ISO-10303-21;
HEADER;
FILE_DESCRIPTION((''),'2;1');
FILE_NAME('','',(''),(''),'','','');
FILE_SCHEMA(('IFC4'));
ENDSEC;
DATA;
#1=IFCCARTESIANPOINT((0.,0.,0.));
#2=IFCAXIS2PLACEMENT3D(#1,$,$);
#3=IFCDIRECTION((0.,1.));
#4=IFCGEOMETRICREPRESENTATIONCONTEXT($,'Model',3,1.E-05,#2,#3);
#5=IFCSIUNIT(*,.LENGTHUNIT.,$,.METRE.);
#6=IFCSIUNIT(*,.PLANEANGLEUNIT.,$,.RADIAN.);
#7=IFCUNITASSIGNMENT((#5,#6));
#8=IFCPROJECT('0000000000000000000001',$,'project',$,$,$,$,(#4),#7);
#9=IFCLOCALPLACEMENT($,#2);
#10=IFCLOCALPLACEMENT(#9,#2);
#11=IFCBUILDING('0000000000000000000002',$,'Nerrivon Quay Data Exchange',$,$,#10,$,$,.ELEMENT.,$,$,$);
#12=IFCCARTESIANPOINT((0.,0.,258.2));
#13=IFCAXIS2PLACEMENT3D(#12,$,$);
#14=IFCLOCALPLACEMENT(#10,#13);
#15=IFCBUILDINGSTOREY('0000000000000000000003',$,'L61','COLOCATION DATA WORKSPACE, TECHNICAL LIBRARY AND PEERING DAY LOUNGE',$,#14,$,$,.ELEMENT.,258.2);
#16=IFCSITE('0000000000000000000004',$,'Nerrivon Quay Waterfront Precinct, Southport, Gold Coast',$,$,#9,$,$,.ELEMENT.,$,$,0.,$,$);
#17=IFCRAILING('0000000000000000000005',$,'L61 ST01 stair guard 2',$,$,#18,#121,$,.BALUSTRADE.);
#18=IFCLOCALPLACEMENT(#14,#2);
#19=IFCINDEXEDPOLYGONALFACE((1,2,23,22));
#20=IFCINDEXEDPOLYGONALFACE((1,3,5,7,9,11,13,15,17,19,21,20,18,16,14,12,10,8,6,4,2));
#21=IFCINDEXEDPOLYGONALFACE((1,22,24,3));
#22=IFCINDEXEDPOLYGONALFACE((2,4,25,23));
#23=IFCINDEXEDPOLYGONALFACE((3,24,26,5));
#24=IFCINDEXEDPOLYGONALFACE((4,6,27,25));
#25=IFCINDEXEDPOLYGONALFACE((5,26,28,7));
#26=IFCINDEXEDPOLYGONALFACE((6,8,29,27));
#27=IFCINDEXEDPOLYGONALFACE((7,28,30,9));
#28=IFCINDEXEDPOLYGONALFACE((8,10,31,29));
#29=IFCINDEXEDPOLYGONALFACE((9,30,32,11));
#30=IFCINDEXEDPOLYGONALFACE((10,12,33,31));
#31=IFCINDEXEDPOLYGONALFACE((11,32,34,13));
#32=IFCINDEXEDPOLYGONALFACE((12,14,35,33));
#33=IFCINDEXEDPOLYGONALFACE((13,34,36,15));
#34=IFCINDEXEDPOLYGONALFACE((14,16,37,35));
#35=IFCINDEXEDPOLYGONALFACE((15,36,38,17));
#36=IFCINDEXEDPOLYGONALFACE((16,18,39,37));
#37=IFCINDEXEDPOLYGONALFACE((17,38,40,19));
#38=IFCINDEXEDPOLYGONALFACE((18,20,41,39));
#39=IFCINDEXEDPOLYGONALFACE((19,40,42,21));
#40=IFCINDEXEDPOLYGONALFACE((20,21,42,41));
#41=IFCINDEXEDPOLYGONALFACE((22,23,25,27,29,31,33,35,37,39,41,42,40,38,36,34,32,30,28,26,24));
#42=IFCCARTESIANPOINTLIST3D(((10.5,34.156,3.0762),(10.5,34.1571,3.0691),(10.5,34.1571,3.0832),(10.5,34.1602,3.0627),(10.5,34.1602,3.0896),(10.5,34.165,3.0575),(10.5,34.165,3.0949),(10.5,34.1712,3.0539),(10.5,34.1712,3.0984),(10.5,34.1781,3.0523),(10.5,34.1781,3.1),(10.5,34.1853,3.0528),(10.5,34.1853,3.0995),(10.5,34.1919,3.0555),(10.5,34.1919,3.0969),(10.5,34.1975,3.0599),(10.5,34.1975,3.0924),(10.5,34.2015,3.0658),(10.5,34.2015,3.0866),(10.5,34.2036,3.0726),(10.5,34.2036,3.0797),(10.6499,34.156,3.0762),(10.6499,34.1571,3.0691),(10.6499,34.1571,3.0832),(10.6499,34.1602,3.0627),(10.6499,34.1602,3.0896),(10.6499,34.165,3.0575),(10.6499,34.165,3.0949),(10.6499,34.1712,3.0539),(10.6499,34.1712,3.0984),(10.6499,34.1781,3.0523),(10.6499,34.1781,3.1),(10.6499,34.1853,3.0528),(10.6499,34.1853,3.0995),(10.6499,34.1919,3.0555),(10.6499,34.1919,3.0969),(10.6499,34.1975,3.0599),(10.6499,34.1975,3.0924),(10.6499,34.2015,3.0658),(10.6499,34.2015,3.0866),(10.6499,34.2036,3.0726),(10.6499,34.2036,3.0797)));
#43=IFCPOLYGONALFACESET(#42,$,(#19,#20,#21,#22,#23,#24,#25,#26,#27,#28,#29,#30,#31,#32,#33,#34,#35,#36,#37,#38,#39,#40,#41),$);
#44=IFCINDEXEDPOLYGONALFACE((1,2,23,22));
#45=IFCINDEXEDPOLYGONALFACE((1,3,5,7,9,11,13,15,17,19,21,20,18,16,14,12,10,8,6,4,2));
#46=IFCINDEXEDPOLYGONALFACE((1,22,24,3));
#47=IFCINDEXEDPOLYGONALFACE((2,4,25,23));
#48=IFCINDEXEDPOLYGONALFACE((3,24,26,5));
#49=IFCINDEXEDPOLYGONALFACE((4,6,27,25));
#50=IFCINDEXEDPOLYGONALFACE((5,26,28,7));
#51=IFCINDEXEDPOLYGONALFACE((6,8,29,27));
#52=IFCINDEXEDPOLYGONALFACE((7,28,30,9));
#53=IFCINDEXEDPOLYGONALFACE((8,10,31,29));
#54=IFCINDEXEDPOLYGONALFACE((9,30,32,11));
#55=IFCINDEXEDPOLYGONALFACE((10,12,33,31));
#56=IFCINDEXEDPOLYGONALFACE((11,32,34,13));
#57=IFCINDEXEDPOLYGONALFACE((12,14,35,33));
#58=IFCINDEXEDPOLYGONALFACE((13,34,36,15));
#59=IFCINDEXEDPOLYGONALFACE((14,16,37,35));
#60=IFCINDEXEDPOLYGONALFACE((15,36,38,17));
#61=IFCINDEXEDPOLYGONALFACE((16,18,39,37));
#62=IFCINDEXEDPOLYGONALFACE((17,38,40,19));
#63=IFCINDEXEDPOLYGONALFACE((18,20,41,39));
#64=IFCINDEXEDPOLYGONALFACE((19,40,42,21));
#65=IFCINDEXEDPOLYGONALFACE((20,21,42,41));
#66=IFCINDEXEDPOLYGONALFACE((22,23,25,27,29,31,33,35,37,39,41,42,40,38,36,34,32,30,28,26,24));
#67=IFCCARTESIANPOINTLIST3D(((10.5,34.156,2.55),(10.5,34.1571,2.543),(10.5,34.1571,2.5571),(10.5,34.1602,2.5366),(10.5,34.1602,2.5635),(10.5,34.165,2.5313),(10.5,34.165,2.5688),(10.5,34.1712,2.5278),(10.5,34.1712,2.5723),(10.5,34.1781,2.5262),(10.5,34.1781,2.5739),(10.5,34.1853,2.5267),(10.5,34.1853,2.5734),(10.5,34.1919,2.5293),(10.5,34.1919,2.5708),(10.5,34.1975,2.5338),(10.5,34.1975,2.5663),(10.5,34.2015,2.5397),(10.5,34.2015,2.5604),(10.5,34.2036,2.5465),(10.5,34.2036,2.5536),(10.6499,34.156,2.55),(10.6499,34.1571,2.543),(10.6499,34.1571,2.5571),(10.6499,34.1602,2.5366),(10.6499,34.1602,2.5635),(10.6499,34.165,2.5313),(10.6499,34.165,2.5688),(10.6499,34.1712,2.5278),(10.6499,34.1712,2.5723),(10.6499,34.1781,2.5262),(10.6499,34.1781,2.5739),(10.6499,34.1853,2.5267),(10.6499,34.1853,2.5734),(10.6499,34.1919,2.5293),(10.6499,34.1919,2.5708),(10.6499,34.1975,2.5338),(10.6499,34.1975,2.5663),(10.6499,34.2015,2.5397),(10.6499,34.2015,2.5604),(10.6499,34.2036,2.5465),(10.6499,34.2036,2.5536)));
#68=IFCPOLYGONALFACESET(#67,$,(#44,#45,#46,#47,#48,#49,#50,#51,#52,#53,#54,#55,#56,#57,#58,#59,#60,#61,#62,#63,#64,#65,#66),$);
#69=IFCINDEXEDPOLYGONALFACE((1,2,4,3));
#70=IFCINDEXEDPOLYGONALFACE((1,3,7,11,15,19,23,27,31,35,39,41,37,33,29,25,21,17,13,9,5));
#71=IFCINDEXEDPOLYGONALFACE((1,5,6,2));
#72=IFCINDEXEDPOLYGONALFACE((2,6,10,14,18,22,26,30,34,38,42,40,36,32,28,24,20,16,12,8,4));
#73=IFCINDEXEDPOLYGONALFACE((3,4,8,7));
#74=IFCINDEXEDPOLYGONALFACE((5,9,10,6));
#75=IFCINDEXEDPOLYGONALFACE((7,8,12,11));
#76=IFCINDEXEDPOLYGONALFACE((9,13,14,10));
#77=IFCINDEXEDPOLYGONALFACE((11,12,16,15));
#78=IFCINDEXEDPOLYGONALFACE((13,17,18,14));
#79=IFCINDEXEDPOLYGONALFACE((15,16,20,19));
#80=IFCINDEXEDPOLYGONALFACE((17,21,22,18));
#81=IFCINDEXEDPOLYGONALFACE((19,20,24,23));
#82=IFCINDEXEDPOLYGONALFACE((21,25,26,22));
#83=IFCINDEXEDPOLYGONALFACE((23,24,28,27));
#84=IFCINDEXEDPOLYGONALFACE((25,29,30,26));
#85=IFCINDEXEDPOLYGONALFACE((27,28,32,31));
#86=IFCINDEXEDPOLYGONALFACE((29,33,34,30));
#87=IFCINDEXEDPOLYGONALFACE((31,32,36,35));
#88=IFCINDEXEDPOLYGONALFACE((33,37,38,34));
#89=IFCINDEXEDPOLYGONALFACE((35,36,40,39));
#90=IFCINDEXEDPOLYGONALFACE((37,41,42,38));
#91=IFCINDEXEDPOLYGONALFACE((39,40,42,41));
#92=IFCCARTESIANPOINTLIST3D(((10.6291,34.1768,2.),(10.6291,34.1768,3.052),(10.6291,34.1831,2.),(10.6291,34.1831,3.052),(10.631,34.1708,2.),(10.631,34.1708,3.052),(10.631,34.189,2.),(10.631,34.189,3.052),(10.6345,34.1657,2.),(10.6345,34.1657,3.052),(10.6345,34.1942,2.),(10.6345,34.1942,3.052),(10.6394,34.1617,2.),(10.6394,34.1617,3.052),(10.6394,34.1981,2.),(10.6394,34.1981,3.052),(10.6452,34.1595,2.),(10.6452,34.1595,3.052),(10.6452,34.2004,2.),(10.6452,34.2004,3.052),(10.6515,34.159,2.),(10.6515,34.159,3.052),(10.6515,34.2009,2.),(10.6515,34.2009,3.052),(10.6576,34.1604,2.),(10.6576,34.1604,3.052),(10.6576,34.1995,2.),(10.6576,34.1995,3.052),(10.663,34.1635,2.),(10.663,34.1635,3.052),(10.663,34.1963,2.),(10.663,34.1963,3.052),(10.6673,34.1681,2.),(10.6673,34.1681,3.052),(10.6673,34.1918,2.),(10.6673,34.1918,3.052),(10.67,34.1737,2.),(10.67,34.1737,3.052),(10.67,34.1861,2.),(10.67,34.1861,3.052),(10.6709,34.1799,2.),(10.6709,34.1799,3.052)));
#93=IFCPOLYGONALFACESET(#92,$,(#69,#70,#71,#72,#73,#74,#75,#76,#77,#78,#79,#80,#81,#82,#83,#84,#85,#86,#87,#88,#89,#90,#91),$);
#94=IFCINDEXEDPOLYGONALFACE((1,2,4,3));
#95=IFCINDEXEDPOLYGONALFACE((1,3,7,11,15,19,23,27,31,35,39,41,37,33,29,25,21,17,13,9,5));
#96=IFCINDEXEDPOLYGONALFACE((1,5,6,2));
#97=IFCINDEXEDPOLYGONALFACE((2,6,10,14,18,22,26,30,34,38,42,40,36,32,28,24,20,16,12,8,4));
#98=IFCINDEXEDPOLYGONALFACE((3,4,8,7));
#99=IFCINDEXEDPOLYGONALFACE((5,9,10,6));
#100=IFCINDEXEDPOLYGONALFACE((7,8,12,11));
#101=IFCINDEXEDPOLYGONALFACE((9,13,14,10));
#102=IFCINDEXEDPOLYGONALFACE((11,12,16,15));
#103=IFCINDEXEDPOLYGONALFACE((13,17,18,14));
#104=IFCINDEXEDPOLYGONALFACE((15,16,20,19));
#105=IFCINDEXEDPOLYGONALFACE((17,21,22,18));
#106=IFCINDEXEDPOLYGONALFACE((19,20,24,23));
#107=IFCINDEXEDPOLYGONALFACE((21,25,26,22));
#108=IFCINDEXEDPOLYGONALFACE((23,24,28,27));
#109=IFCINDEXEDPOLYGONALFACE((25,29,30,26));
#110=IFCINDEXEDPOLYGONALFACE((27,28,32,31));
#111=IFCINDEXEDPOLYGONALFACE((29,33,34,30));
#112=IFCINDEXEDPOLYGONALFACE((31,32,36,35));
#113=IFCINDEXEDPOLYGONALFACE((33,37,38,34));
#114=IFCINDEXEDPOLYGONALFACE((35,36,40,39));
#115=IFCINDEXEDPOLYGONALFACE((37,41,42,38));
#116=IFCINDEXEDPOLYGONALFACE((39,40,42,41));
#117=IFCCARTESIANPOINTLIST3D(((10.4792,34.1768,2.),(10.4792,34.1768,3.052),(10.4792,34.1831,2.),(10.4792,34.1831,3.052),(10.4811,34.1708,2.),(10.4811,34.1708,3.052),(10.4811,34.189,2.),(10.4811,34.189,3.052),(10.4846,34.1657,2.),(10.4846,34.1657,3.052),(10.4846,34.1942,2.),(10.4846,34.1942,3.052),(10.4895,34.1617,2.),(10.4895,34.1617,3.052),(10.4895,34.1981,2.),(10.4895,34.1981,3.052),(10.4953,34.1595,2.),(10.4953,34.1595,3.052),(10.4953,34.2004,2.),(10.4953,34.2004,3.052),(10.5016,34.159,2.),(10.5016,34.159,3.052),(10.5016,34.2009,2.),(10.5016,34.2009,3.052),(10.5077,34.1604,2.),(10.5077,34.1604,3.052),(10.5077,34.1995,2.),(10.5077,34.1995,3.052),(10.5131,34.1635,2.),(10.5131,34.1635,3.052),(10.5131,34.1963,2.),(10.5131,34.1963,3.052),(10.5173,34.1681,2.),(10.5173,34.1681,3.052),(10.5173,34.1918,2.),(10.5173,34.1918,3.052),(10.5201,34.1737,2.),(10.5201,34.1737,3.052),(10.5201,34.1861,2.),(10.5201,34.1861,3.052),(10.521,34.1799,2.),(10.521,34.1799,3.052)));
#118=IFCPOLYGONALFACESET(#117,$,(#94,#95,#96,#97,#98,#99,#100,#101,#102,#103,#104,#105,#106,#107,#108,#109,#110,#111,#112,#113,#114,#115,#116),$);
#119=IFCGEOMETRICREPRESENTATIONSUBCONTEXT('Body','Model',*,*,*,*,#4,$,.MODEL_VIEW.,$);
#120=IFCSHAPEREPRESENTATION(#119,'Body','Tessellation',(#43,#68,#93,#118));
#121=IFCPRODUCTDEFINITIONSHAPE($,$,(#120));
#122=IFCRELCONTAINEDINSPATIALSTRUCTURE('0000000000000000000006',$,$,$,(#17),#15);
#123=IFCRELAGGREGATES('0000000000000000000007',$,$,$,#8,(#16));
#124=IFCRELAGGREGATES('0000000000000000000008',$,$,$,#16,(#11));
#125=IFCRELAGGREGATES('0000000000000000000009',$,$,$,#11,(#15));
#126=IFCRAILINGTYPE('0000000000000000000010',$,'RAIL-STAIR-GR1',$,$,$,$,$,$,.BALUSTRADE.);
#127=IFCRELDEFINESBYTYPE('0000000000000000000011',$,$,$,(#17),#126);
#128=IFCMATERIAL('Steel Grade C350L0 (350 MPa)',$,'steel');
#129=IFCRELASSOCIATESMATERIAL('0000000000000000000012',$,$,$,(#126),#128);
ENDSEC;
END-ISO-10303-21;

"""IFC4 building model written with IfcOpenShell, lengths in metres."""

from ifc_helpers import new_model, si_unit, direction, frame, origin, origin_2d, place, context, subcontext, project, spatial, circle, extrude, material, type_object, element, save


model = new_model("IFC4")

# Units and contexts
model_context = context("Model", 3, precision=1e-05, world=origin(), true_north=direction((0.0, 1.0)))
body_context = subcontext(model_context, "Body", "Model", "MODEL_VIEW")
ifc_project = project(units=[si_unit("LENGTHUNIT", "METRE"), si_unit("PLANEANGLEUNIT", "RADIAN")], contexts=[model_context])

# Site, building, storey
site_placement = place(None, origin())
site = spatial("IfcSite", under=ifc_project, at=site_placement, Name="Nerrivon Quay Waterfront Precinct, Southport, Gold Coast", CompositionType="ELEMENT", RefElevation=0.0)
building_placement = place(site_placement, origin())
building = spatial("IfcBuilding", under=site, at=building_placement, Name="Nerrivon Quay Data Exchange", CompositionType="ELEMENT")
storey_placement = place(building_placement, frame((0.0, 0.0, 258.2)))
storey = spatial("IfcBuildingStorey", under=building, at=storey_placement, Name="L61", Description="COLOCATION DATA WORKSPACE, TECHNICAL LIBRARY AND PEERING DAY LOUNGE", CompositionType="ELEMENT", Elevation=258.2)

# Shared definitions
ifc_material_1 = material(Name="Steel Grade C350L0 (350 MPa)", Category="steel")

# Railing
railing_type_1 = type_object("IfcRailingType", Name="RAIL-STAIR-GR1", PredefinedType="BALUSTRADE", material=ifc_material_1)
railing_1_placement = place(storey_placement, frame((10.6499, 34.1799, 2.0)))
element("IfcRailing", 1, at=railing_1_placement, inside=storey, type_object=railing_type_1, Name="L61 ST01 stair guard 2", PredefinedType="BALUSTRADE", context=body_context, shape_type="SweptSolid", body=[
    extrude(circle(Radius=0.0239, at=origin_2d()), frame((0.0, 0.0, 1.0762), z_axis=(-1.0, 0.0, 0.0), x_axis=(0.0, -1.0, 0.0)), (0.0, 0.0, 1.0), 0.1499),
    extrude(circle(Radius=0.0239, at=origin_2d()), frame((0.0, 0.0, 0.55), z_axis=(-1.0, 0.0, 0.0), x_axis=(0.0, -1.0, 0.0)), (0.0, 0.0, 1.0), 0.1499),
    extrude(circle(Radius=0.021, at=origin_2d()), origin(), (0.0, 0.0, 1.0), 1.052),
    extrude(circle(Radius=0.021, at=origin_2d()), frame((-0.1499, 0.0, 0.0)), (0.0, 0.0, 1.0), 1.052),
])

save(model, "model.ifc")
